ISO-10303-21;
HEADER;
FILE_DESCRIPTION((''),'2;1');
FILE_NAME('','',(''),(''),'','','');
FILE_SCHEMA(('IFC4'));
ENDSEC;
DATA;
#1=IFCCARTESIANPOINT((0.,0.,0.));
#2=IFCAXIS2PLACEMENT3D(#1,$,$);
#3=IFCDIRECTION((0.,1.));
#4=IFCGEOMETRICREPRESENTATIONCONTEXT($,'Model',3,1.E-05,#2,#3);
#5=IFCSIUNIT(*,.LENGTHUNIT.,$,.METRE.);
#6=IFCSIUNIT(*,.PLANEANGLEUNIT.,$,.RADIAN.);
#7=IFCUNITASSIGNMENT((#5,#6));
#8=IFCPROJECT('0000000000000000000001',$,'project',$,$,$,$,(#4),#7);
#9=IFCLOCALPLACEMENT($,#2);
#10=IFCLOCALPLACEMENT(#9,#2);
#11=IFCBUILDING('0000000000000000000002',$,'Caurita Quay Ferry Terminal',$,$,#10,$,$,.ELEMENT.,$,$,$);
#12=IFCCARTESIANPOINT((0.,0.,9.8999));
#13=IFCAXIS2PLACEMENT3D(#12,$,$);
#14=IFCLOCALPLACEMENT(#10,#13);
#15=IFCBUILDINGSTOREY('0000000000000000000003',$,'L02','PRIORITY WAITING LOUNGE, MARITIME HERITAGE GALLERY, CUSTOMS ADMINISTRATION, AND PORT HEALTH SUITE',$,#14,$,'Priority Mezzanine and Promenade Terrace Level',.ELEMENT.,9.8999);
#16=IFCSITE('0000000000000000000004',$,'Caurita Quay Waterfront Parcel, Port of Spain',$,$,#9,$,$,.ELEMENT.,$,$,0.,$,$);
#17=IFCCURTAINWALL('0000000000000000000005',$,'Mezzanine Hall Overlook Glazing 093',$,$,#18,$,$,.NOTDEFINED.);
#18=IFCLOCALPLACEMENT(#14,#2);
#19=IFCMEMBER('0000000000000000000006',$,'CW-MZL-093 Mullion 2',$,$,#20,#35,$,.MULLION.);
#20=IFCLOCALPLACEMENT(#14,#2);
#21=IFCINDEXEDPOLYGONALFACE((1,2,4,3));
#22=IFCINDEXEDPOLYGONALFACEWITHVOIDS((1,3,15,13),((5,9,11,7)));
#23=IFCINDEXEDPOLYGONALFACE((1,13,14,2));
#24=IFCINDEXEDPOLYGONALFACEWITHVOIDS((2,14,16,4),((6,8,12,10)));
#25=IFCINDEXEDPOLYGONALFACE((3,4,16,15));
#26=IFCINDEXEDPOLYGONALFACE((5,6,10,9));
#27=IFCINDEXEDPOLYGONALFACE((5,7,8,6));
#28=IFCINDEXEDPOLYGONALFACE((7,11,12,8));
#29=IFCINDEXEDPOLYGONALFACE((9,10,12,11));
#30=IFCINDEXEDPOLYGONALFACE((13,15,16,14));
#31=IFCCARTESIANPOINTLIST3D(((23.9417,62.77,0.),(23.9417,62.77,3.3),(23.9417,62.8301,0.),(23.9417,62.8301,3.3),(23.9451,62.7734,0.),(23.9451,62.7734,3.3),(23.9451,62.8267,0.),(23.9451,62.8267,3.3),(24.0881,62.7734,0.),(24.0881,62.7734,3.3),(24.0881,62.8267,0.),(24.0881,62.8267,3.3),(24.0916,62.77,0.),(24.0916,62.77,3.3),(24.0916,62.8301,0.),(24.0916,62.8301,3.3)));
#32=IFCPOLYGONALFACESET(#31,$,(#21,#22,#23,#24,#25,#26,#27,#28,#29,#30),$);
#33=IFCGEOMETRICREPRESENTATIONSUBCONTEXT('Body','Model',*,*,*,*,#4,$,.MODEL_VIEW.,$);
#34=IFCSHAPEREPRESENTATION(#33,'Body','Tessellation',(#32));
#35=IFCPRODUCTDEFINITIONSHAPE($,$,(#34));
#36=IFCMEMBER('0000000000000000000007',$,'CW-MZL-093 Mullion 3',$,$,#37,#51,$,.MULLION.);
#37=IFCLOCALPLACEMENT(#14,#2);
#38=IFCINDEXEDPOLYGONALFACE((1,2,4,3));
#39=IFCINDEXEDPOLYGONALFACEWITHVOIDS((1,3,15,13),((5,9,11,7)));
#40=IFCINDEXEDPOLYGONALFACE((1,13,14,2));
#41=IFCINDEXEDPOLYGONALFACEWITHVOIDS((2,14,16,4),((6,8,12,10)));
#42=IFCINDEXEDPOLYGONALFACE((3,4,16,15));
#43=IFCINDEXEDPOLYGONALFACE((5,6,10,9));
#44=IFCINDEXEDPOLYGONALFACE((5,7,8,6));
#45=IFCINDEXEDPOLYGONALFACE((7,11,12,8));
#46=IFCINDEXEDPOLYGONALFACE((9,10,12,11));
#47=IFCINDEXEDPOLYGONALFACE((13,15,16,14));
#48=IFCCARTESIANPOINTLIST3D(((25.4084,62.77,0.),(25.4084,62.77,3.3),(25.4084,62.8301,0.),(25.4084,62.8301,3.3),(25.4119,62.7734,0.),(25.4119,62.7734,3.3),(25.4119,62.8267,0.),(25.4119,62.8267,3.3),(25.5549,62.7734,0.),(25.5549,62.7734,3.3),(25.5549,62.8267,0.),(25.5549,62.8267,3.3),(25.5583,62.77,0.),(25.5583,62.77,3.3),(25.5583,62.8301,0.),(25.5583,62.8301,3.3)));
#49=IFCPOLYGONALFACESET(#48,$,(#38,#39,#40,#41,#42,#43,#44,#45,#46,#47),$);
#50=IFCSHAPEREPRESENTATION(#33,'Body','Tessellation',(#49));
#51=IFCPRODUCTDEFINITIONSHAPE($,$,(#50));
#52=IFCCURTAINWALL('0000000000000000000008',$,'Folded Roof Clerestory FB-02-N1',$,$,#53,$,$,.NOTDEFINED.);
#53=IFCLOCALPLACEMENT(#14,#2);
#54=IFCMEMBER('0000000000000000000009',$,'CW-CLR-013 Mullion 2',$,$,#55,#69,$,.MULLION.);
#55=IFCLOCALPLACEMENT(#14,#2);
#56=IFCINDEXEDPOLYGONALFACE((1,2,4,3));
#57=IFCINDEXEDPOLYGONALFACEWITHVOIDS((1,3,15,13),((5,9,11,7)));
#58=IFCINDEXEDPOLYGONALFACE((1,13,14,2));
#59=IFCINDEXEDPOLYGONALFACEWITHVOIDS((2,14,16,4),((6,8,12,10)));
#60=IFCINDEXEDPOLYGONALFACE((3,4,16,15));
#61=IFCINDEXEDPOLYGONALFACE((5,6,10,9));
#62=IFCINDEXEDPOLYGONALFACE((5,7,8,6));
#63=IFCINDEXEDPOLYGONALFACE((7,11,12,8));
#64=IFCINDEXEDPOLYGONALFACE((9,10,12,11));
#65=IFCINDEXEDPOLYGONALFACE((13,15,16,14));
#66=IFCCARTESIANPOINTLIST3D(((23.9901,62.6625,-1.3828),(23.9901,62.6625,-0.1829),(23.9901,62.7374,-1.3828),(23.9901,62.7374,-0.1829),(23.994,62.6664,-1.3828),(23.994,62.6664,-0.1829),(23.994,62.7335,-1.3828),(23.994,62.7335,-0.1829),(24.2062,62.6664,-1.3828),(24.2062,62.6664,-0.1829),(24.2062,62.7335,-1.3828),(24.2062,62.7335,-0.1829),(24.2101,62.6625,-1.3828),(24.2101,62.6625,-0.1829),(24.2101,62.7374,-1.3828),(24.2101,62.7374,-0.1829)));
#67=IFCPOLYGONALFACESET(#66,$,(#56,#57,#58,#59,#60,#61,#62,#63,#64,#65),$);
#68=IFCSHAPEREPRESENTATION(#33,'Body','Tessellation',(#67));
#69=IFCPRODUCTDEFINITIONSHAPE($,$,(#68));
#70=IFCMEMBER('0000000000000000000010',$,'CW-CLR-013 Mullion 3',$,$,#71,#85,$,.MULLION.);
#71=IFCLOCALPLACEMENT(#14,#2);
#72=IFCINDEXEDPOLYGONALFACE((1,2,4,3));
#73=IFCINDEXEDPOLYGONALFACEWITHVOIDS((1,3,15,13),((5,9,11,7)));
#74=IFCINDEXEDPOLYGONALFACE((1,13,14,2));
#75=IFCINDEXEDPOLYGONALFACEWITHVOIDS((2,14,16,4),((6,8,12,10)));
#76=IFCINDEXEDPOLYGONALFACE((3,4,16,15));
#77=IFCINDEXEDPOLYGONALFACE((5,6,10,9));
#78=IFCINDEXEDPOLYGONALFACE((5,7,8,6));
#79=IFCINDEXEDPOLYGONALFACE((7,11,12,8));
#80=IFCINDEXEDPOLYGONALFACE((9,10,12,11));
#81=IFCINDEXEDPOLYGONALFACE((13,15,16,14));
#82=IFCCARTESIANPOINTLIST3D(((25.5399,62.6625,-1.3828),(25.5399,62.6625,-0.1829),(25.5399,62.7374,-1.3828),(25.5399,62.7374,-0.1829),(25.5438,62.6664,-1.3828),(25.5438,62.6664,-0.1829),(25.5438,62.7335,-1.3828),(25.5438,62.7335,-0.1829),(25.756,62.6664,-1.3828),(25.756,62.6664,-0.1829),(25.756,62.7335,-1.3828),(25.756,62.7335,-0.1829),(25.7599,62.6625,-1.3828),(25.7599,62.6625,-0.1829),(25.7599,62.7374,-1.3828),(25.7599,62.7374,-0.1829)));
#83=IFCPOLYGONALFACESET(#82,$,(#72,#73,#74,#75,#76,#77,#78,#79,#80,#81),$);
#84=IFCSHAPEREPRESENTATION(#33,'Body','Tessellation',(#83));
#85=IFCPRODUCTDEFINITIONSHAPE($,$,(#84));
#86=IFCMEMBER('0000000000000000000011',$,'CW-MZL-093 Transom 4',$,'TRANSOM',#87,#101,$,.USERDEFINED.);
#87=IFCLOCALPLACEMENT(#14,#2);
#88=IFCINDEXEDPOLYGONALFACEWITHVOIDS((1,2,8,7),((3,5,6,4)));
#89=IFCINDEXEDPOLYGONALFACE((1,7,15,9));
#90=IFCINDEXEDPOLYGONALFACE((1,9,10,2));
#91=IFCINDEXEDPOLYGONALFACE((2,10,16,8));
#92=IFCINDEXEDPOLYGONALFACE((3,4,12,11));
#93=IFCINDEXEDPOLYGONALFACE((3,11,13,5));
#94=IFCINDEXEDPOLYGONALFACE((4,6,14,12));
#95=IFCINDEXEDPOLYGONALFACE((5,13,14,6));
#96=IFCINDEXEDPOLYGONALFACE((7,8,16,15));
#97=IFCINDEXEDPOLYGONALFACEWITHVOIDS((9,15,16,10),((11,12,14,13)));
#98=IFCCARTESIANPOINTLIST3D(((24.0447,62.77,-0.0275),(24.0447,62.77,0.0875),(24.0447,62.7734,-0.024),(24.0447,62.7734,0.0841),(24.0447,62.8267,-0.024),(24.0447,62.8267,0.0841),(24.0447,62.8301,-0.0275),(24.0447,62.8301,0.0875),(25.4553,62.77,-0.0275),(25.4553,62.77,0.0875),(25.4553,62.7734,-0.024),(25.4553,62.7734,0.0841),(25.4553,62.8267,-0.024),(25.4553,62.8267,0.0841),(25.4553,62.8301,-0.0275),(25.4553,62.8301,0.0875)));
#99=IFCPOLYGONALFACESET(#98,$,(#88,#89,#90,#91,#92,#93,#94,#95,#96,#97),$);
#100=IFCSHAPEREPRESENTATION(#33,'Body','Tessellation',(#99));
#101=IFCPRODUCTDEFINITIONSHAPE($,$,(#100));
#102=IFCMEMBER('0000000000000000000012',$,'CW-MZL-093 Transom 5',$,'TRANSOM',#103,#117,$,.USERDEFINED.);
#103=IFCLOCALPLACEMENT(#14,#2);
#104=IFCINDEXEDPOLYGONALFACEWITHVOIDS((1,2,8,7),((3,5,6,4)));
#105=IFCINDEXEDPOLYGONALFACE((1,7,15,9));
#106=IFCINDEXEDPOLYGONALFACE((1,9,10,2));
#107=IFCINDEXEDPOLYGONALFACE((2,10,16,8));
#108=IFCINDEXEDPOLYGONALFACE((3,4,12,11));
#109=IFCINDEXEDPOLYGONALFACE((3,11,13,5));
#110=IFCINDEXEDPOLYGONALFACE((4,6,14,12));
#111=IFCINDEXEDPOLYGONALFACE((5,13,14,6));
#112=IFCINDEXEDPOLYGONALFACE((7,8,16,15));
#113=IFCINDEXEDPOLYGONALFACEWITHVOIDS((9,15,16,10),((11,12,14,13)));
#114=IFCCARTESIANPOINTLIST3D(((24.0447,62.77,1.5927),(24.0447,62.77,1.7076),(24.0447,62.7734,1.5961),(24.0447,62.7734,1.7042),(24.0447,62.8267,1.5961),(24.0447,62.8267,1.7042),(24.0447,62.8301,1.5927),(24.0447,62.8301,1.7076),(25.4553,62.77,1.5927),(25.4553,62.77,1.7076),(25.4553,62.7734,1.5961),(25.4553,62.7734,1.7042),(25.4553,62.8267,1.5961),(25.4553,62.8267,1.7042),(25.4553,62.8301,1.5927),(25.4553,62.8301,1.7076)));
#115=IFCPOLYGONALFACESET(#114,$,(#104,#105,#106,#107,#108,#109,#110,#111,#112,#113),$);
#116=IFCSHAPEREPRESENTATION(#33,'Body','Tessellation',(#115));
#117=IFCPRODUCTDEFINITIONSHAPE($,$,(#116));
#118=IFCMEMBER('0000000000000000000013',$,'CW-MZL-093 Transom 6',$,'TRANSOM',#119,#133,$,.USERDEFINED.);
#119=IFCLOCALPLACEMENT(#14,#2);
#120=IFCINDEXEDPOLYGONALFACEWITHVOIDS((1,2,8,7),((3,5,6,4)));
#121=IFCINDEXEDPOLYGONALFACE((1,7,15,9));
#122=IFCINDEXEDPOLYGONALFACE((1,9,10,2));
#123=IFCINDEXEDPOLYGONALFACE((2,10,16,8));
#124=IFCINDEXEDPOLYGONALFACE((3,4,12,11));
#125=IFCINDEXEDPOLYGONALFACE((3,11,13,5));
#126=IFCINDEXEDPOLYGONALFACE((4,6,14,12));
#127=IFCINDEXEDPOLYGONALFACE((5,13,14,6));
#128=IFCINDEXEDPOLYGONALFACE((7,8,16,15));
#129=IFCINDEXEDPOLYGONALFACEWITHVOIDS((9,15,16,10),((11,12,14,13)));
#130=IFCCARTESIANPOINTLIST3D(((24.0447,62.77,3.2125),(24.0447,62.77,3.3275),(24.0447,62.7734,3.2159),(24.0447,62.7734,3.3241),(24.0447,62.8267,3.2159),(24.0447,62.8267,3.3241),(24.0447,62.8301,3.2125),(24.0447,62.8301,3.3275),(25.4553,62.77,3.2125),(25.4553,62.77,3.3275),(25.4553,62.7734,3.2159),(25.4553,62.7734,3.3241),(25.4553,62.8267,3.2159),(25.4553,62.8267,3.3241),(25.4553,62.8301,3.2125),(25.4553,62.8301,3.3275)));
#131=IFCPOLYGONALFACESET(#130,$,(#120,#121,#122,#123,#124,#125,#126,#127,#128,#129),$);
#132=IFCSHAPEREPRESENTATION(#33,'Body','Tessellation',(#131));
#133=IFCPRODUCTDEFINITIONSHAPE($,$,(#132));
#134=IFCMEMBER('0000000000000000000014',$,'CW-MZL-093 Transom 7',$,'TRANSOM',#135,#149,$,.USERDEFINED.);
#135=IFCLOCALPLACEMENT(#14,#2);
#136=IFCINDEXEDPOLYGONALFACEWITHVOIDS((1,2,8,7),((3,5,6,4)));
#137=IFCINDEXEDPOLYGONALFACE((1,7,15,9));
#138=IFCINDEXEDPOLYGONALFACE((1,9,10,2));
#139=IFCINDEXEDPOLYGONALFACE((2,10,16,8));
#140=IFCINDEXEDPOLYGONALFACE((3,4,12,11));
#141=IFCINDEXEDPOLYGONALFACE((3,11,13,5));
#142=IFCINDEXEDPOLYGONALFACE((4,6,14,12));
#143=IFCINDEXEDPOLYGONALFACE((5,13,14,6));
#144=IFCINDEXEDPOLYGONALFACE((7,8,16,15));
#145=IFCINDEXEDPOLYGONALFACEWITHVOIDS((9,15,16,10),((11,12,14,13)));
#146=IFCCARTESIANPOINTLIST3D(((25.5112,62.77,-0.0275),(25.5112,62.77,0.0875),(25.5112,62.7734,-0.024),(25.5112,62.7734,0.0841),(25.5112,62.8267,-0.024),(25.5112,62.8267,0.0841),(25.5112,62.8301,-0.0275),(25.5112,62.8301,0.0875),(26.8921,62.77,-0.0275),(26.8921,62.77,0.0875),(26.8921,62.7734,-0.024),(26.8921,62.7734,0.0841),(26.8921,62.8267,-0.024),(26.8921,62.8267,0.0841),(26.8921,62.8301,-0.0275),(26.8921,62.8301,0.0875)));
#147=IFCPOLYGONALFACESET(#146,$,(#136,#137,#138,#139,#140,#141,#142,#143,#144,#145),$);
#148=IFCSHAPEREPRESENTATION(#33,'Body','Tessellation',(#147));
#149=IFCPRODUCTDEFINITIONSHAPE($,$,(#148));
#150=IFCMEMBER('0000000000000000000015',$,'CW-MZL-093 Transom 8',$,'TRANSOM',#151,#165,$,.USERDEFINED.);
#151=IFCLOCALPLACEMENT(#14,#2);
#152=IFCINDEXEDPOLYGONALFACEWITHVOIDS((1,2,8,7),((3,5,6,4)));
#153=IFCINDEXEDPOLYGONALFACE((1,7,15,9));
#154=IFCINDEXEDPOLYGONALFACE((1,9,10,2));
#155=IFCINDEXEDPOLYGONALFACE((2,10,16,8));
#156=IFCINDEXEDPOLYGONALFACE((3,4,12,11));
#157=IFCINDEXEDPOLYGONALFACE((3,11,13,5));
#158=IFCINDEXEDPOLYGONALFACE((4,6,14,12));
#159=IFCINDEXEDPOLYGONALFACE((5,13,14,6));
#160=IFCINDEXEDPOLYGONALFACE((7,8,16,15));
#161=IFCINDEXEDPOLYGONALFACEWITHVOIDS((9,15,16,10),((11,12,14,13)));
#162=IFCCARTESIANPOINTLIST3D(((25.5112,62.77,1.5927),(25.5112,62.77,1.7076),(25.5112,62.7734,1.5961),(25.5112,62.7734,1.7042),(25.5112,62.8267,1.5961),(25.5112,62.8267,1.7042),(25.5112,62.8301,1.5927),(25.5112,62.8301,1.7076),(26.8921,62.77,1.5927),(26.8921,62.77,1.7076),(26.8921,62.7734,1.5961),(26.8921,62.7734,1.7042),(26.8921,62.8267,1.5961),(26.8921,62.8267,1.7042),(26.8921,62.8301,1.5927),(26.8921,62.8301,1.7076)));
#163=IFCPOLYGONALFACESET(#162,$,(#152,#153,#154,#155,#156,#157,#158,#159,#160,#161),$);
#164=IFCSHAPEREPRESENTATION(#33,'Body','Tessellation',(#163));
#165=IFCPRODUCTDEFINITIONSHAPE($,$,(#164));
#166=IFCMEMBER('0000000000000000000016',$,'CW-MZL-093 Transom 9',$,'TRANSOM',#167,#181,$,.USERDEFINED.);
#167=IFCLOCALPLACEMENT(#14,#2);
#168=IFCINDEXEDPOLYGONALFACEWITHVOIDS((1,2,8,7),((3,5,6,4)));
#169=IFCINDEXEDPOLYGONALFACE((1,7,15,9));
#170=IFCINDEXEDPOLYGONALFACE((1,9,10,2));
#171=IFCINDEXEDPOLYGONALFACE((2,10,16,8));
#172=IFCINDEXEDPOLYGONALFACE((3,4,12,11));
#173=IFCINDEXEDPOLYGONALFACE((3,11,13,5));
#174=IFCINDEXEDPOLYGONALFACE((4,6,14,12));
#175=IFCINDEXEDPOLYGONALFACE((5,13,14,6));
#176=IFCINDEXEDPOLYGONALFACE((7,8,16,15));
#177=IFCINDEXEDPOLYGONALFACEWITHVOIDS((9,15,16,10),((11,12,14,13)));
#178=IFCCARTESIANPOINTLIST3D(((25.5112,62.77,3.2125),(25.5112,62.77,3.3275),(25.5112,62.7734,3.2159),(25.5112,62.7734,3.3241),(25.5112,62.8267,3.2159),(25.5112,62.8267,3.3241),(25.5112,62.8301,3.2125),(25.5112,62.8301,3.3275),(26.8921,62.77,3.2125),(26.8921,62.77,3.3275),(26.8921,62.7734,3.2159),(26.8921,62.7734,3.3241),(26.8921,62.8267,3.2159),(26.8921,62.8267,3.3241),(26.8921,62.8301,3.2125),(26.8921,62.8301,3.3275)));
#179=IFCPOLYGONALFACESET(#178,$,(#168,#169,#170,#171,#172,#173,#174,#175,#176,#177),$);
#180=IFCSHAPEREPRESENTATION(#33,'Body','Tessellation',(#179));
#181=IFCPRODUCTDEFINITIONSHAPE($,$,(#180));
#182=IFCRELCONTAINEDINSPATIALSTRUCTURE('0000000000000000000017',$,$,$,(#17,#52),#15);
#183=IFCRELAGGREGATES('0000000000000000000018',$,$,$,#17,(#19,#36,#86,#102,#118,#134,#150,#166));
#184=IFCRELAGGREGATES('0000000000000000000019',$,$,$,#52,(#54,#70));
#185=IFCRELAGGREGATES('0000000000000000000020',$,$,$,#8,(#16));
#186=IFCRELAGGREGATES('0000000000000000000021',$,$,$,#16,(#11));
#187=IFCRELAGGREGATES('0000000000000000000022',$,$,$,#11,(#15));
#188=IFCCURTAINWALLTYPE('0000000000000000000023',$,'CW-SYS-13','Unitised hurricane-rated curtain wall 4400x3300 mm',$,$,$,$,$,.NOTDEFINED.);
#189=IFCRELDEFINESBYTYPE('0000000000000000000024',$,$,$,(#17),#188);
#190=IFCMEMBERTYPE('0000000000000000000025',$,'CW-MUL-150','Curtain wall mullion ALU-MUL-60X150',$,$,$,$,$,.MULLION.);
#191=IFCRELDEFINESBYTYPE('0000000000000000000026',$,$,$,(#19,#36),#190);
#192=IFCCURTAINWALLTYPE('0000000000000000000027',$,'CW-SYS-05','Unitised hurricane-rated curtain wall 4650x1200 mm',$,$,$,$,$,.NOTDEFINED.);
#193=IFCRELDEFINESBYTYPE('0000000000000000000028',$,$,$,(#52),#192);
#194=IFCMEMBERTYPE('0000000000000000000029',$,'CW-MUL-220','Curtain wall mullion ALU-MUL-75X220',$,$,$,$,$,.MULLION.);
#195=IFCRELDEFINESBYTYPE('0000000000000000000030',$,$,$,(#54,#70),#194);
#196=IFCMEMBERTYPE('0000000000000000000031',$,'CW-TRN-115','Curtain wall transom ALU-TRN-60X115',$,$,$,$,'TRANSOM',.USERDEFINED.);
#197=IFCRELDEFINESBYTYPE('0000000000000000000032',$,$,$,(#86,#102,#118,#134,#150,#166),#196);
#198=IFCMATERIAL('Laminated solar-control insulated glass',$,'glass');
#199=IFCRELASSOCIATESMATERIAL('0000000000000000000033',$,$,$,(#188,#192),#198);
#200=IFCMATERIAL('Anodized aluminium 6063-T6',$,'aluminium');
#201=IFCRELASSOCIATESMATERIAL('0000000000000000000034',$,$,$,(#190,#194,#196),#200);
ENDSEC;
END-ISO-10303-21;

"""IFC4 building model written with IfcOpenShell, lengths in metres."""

from ifc_helpers import new_model, si_unit, direction, frame, origin, origin_2d, place, context, subcontext, project, spatial, hollow_rectangle, extrude, material, material_profile, profile_set, type_object, element, aggregate, save


model = new_model("IFC4")

# Units and contexts
model_context = context("Model", 3, precision=1e-05, world=origin(), true_north=direction((0.0, 1.0)))
body_context = subcontext(model_context, "Body", "Model", "MODEL_VIEW")
ifc_project = project(units=[si_unit("LENGTHUNIT", "METRE"), si_unit("PLANEANGLEUNIT", "RADIAN")], contexts=[model_context])

# Site, building, storey
site_placement = place(None, origin())
site = spatial("IfcSite", under=ifc_project, at=site_placement, Name="Caurita Quay Waterfront Parcel, Port of Spain", CompositionType="ELEMENT", RefElevation=0.0)
building_placement = place(site_placement, origin())
building = spatial("IfcBuilding", under=site, at=building_placement, Name="Caurita Quay Ferry Terminal", CompositionType="ELEMENT")
storey_placement = place(building_placement, frame((0.0, 0.0, 9.8999)))
storey = spatial("IfcBuildingStorey", under=building, at=storey_placement, Name="L02", Description="PRIORITY WAITING LOUNGE, MARITIME HERITAGE GALLERY, CUSTOMS ADMINISTRATION, AND PORT HEALTH SUITE", LongName="Priority Mezzanine and Promenade Terrace Level", CompositionType="ELEMENT", Elevation=9.8999)

# Curtain walls, members
ifc_material_1 = material(Name="Laminated solar-control insulated glass", Category="glass")
curtain_wall_type_1 = type_object("IfcCurtainWallType", Name="CW-SYS-13", Description="Unitised hurricane-rated curtain wall 4400x3300 mm", PredefinedType="NOTDEFINED", material=ifc_material_1)
curtain_wall_1_placement = place(storey_placement, origin())
curtain_wall_1 = element("IfcCurtainWall", 1, at=curtain_wall_1_placement, inside=storey, type_object=curtain_wall_type_1, Name="Mezzanine Hall Overlook Glazing 093", PredefinedType="NOTDEFINED")
ifc_material_2 = material(Name="Anodized aluminium 6063-T6", Category="aluminium")
ifc_material_profile_1 = material_profile(ifc_material_2, hollow_rectangle(XDim=0.0601, YDim=0.1499, WallThickness=0.0034, at=origin_2d()), Name="ALU-MUL-60X150")
ifc_profile_set_1 = profile_set([ifc_material_profile_1], Name="Anodized aluminium 6063-T6")
member_type_1 = type_object("IfcMemberType", Name="CW-MUL-150", Description="Curtain wall mullion ALU-MUL-60X150", PredefinedType="MULLION", material=ifc_profile_set_1)
member_1_placement = place(storey_placement, frame((24.0166, 62.8, 0.0), z_axis=(0.0, 0.0, 1.0), x_axis=(0.0, 1.0, 0.0)))
member_1 = element("IfcMember", 2, at=member_1_placement, type_object=member_type_1, Name="CW-MZL-093 Mullion 2", PredefinedType="MULLION", context=body_context, shape_type="SweptSolid", body=[
    extrude(hollow_rectangle(XDim=0.0601, YDim=0.1499, WallThickness=0.0034, at=origin_2d()), origin(), (0.0, 0.0, 1.0), 3.3),
])
member_2_placement = place(storey_placement, frame((25.4834, 62.8, 0.0), z_axis=(0.0, 0.0, 1.0), x_axis=(0.0, 1.0, 0.0)))
member_2 = element("IfcMember", 3, at=member_2_placement, type_object=member_type_1, Name="CW-MZL-093 Mullion 3", PredefinedType="MULLION", context=body_context, shape_type="SweptSolid", body=[
    extrude(hollow_rectangle(XDim=0.0601, YDim=0.1499, WallThickness=0.0034, at=origin_2d()), origin(), (0.0, 0.0, 1.0), 3.3),
])
curtain_wall_type_2 = type_object("IfcCurtainWallType", Name="CW-SYS-05", Description="Unitised hurricane-rated curtain wall 4650x1200 mm", PredefinedType="NOTDEFINED", material=ifc_material_1)
curtain_wall_2_placement = place(storey_placement, origin())
curtain_wall_2 = element("IfcCurtainWall", 4, at=curtain_wall_2_placement, inside=storey, type_object=curtain_wall_type_2, Name="Folded Roof Clerestory FB-02-N1", PredefinedType="NOTDEFINED")
ifc_material_profile_2 = material_profile(ifc_material_2, hollow_rectangle(XDim=0.075, YDim=0.22, WallThickness=0.0039, at=origin_2d()), Name="ALU-MUL-75X220")
ifc_profile_set_2 = profile_set([ifc_material_profile_2], Name="Anodized aluminium 6063-T6")
member_type_2 = type_object("IfcMemberType", Name="CW-MUL-220", Description="Curtain wall mullion ALU-MUL-75X220", PredefinedType="MULLION", material=ifc_profile_set_2)
member_3_placement = place(storey_placement, frame((24.1001, 62.7, -1.3828), z_axis=(0.0, 0.0, 1.0), x_axis=(0.0, 1.0, 0.0)))
member_3 = element("IfcMember", 5, at=member_3_placement, type_object=member_type_2, Name="CW-CLR-013 Mullion 2", PredefinedType="MULLION", context=body_context, shape_type="SweptSolid", body=[
    extrude(hollow_rectangle(XDim=0.075, YDim=0.22, WallThickness=0.0039, at=origin_2d()), origin(), (0.0, 0.0, 1.0), 1.2),
])
member_4_placement = place(storey_placement, frame((25.6499, 62.7, -1.3828), z_axis=(0.0, 0.0, 1.0), x_axis=(0.0, 1.0, 0.0)))
member_4 = element("IfcMember", 6, at=member_4_placement, type_object=member_type_2, Name="CW-CLR-013 Mullion 3", PredefinedType="MULLION", context=body_context, shape_type="SweptSolid", body=[
    extrude(hollow_rectangle(XDim=0.075, YDim=0.22, WallThickness=0.0039, at=origin_2d()), origin(), (0.0, 0.0, 1.0), 1.2),
])

# Members
ifc_material_profile_3 = material_profile(ifc_material_2, hollow_rectangle(XDim=0.0601, YDim=0.115, WallThickness=0.0034, at=origin_2d()), Name="ALU-TRN-60X115")
ifc_profile_set_3 = profile_set([ifc_material_profile_3], Name="Anodized aluminium 6063-T6")
member_type_3 = type_object("IfcMemberType", Name="CW-TRN-115", Description="Curtain wall transom ALU-TRN-60X115", ElementType="TRANSOM", PredefinedType="USERDEFINED", material=ifc_profile_set_3)
member_5_placement = place(storey_placement, frame((24.0447, 62.8, 0.03), z_axis=(1.0, 0.0, 0.0), x_axis=(0.0, 1.0, 0.0)))
member_5 = element("IfcMember", 7, at=member_5_placement, type_object=member_type_3, Name="CW-MZL-093 Transom 4", ObjectType="TRANSOM", PredefinedType="USERDEFINED", context=body_context, shape_type="SweptSolid", body=[
    extrude(hollow_rectangle(XDim=0.0601, YDim=0.115, WallThickness=0.0034, at=origin_2d()), origin(), (0.0, 0.0, 1.0), 1.4106),
])
member_6_placement = place(storey_placement, frame((24.0447, 62.8, 1.6501), z_axis=(1.0, 0.0, 0.0), x_axis=(0.0, 1.0, 0.0)))
member_6 = element("IfcMember", 8, at=member_6_placement, type_object=member_type_3, Name="CW-MZL-093 Transom 5", ObjectType="TRANSOM", PredefinedType="USERDEFINED", context=body_context, shape_type="SweptSolid", body=[
    extrude(hollow_rectangle(XDim=0.0601, YDim=0.115, WallThickness=0.0034, at=origin_2d()), origin(), (0.0, 0.0, 1.0), 1.4106),
])
member_7_placement = place(storey_placement, frame((24.0447, 62.8, 3.27), z_axis=(1.0, 0.0, 0.0), x_axis=(0.0, 1.0, 0.0)))
member_7 = element("IfcMember", 9, at=member_7_placement, type_object=member_type_3, Name="CW-MZL-093 Transom 6", ObjectType="TRANSOM", PredefinedType="USERDEFINED", context=body_context, shape_type="SweptSolid", body=[
    extrude(hollow_rectangle(XDim=0.0601, YDim=0.115, WallThickness=0.0034, at=origin_2d()), origin(), (0.0, 0.0, 1.0), 1.4106),
])
member_8_placement = place(storey_placement, frame((25.5112, 62.8, 0.03), z_axis=(1.0, 0.0, 0.0), x_axis=(0.0, 1.0, 0.0)))
member_8 = element("IfcMember", 10, at=member_8_placement, type_object=member_type_3, Name="CW-MZL-093 Transom 7", ObjectType="TRANSOM", PredefinedType="USERDEFINED", context=body_context, shape_type="SweptSolid", body=[
    extrude(hollow_rectangle(XDim=0.0601, YDim=0.115, WallThickness=0.0034, at=origin_2d()), origin(), (0.0, 0.0, 1.0), 1.3809),
])
member_9_placement = place(storey_placement, frame((25.5112, 62.8, 1.6501), z_axis=(1.0, 0.0, 0.0), x_axis=(0.0, 1.0, 0.0)))
member_9 = element("IfcMember", 11, at=member_9_placement, type_object=member_type_3, Name="CW-MZL-093 Transom 8", ObjectType="TRANSOM", PredefinedType="USERDEFINED", context=body_context, shape_type="SweptSolid", body=[
    extrude(hollow_rectangle(XDim=0.0601, YDim=0.115, WallThickness=0.0034, at=origin_2d()), origin(), (0.0, 0.0, 1.0), 1.3809),
])
member_10_placement = place(storey_placement, frame((25.5112, 62.8, 3.27), z_axis=(1.0, 0.0, 0.0), x_axis=(0.0, 1.0, 0.0)))
member_10 = element("IfcMember", 12, at=member_10_placement, type_object=member_type_3, Name="CW-MZL-093 Transom 9", ObjectType="TRANSOM", PredefinedType="USERDEFINED", context=body_context, shape_type="SweptSolid", body=[
    extrude(hollow_rectangle(XDim=0.0601, YDim=0.115, WallThickness=0.0034, at=origin_2d()), origin(), (0.0, 0.0, 1.0), 1.3809),
])

aggregate(curtain_wall_1, [member_1, member_2, member_5, member_6, member_7, member_8, member_9, member_10])
aggregate(curtain_wall_2, [member_3, member_4])

save(model, "model.ifc")
